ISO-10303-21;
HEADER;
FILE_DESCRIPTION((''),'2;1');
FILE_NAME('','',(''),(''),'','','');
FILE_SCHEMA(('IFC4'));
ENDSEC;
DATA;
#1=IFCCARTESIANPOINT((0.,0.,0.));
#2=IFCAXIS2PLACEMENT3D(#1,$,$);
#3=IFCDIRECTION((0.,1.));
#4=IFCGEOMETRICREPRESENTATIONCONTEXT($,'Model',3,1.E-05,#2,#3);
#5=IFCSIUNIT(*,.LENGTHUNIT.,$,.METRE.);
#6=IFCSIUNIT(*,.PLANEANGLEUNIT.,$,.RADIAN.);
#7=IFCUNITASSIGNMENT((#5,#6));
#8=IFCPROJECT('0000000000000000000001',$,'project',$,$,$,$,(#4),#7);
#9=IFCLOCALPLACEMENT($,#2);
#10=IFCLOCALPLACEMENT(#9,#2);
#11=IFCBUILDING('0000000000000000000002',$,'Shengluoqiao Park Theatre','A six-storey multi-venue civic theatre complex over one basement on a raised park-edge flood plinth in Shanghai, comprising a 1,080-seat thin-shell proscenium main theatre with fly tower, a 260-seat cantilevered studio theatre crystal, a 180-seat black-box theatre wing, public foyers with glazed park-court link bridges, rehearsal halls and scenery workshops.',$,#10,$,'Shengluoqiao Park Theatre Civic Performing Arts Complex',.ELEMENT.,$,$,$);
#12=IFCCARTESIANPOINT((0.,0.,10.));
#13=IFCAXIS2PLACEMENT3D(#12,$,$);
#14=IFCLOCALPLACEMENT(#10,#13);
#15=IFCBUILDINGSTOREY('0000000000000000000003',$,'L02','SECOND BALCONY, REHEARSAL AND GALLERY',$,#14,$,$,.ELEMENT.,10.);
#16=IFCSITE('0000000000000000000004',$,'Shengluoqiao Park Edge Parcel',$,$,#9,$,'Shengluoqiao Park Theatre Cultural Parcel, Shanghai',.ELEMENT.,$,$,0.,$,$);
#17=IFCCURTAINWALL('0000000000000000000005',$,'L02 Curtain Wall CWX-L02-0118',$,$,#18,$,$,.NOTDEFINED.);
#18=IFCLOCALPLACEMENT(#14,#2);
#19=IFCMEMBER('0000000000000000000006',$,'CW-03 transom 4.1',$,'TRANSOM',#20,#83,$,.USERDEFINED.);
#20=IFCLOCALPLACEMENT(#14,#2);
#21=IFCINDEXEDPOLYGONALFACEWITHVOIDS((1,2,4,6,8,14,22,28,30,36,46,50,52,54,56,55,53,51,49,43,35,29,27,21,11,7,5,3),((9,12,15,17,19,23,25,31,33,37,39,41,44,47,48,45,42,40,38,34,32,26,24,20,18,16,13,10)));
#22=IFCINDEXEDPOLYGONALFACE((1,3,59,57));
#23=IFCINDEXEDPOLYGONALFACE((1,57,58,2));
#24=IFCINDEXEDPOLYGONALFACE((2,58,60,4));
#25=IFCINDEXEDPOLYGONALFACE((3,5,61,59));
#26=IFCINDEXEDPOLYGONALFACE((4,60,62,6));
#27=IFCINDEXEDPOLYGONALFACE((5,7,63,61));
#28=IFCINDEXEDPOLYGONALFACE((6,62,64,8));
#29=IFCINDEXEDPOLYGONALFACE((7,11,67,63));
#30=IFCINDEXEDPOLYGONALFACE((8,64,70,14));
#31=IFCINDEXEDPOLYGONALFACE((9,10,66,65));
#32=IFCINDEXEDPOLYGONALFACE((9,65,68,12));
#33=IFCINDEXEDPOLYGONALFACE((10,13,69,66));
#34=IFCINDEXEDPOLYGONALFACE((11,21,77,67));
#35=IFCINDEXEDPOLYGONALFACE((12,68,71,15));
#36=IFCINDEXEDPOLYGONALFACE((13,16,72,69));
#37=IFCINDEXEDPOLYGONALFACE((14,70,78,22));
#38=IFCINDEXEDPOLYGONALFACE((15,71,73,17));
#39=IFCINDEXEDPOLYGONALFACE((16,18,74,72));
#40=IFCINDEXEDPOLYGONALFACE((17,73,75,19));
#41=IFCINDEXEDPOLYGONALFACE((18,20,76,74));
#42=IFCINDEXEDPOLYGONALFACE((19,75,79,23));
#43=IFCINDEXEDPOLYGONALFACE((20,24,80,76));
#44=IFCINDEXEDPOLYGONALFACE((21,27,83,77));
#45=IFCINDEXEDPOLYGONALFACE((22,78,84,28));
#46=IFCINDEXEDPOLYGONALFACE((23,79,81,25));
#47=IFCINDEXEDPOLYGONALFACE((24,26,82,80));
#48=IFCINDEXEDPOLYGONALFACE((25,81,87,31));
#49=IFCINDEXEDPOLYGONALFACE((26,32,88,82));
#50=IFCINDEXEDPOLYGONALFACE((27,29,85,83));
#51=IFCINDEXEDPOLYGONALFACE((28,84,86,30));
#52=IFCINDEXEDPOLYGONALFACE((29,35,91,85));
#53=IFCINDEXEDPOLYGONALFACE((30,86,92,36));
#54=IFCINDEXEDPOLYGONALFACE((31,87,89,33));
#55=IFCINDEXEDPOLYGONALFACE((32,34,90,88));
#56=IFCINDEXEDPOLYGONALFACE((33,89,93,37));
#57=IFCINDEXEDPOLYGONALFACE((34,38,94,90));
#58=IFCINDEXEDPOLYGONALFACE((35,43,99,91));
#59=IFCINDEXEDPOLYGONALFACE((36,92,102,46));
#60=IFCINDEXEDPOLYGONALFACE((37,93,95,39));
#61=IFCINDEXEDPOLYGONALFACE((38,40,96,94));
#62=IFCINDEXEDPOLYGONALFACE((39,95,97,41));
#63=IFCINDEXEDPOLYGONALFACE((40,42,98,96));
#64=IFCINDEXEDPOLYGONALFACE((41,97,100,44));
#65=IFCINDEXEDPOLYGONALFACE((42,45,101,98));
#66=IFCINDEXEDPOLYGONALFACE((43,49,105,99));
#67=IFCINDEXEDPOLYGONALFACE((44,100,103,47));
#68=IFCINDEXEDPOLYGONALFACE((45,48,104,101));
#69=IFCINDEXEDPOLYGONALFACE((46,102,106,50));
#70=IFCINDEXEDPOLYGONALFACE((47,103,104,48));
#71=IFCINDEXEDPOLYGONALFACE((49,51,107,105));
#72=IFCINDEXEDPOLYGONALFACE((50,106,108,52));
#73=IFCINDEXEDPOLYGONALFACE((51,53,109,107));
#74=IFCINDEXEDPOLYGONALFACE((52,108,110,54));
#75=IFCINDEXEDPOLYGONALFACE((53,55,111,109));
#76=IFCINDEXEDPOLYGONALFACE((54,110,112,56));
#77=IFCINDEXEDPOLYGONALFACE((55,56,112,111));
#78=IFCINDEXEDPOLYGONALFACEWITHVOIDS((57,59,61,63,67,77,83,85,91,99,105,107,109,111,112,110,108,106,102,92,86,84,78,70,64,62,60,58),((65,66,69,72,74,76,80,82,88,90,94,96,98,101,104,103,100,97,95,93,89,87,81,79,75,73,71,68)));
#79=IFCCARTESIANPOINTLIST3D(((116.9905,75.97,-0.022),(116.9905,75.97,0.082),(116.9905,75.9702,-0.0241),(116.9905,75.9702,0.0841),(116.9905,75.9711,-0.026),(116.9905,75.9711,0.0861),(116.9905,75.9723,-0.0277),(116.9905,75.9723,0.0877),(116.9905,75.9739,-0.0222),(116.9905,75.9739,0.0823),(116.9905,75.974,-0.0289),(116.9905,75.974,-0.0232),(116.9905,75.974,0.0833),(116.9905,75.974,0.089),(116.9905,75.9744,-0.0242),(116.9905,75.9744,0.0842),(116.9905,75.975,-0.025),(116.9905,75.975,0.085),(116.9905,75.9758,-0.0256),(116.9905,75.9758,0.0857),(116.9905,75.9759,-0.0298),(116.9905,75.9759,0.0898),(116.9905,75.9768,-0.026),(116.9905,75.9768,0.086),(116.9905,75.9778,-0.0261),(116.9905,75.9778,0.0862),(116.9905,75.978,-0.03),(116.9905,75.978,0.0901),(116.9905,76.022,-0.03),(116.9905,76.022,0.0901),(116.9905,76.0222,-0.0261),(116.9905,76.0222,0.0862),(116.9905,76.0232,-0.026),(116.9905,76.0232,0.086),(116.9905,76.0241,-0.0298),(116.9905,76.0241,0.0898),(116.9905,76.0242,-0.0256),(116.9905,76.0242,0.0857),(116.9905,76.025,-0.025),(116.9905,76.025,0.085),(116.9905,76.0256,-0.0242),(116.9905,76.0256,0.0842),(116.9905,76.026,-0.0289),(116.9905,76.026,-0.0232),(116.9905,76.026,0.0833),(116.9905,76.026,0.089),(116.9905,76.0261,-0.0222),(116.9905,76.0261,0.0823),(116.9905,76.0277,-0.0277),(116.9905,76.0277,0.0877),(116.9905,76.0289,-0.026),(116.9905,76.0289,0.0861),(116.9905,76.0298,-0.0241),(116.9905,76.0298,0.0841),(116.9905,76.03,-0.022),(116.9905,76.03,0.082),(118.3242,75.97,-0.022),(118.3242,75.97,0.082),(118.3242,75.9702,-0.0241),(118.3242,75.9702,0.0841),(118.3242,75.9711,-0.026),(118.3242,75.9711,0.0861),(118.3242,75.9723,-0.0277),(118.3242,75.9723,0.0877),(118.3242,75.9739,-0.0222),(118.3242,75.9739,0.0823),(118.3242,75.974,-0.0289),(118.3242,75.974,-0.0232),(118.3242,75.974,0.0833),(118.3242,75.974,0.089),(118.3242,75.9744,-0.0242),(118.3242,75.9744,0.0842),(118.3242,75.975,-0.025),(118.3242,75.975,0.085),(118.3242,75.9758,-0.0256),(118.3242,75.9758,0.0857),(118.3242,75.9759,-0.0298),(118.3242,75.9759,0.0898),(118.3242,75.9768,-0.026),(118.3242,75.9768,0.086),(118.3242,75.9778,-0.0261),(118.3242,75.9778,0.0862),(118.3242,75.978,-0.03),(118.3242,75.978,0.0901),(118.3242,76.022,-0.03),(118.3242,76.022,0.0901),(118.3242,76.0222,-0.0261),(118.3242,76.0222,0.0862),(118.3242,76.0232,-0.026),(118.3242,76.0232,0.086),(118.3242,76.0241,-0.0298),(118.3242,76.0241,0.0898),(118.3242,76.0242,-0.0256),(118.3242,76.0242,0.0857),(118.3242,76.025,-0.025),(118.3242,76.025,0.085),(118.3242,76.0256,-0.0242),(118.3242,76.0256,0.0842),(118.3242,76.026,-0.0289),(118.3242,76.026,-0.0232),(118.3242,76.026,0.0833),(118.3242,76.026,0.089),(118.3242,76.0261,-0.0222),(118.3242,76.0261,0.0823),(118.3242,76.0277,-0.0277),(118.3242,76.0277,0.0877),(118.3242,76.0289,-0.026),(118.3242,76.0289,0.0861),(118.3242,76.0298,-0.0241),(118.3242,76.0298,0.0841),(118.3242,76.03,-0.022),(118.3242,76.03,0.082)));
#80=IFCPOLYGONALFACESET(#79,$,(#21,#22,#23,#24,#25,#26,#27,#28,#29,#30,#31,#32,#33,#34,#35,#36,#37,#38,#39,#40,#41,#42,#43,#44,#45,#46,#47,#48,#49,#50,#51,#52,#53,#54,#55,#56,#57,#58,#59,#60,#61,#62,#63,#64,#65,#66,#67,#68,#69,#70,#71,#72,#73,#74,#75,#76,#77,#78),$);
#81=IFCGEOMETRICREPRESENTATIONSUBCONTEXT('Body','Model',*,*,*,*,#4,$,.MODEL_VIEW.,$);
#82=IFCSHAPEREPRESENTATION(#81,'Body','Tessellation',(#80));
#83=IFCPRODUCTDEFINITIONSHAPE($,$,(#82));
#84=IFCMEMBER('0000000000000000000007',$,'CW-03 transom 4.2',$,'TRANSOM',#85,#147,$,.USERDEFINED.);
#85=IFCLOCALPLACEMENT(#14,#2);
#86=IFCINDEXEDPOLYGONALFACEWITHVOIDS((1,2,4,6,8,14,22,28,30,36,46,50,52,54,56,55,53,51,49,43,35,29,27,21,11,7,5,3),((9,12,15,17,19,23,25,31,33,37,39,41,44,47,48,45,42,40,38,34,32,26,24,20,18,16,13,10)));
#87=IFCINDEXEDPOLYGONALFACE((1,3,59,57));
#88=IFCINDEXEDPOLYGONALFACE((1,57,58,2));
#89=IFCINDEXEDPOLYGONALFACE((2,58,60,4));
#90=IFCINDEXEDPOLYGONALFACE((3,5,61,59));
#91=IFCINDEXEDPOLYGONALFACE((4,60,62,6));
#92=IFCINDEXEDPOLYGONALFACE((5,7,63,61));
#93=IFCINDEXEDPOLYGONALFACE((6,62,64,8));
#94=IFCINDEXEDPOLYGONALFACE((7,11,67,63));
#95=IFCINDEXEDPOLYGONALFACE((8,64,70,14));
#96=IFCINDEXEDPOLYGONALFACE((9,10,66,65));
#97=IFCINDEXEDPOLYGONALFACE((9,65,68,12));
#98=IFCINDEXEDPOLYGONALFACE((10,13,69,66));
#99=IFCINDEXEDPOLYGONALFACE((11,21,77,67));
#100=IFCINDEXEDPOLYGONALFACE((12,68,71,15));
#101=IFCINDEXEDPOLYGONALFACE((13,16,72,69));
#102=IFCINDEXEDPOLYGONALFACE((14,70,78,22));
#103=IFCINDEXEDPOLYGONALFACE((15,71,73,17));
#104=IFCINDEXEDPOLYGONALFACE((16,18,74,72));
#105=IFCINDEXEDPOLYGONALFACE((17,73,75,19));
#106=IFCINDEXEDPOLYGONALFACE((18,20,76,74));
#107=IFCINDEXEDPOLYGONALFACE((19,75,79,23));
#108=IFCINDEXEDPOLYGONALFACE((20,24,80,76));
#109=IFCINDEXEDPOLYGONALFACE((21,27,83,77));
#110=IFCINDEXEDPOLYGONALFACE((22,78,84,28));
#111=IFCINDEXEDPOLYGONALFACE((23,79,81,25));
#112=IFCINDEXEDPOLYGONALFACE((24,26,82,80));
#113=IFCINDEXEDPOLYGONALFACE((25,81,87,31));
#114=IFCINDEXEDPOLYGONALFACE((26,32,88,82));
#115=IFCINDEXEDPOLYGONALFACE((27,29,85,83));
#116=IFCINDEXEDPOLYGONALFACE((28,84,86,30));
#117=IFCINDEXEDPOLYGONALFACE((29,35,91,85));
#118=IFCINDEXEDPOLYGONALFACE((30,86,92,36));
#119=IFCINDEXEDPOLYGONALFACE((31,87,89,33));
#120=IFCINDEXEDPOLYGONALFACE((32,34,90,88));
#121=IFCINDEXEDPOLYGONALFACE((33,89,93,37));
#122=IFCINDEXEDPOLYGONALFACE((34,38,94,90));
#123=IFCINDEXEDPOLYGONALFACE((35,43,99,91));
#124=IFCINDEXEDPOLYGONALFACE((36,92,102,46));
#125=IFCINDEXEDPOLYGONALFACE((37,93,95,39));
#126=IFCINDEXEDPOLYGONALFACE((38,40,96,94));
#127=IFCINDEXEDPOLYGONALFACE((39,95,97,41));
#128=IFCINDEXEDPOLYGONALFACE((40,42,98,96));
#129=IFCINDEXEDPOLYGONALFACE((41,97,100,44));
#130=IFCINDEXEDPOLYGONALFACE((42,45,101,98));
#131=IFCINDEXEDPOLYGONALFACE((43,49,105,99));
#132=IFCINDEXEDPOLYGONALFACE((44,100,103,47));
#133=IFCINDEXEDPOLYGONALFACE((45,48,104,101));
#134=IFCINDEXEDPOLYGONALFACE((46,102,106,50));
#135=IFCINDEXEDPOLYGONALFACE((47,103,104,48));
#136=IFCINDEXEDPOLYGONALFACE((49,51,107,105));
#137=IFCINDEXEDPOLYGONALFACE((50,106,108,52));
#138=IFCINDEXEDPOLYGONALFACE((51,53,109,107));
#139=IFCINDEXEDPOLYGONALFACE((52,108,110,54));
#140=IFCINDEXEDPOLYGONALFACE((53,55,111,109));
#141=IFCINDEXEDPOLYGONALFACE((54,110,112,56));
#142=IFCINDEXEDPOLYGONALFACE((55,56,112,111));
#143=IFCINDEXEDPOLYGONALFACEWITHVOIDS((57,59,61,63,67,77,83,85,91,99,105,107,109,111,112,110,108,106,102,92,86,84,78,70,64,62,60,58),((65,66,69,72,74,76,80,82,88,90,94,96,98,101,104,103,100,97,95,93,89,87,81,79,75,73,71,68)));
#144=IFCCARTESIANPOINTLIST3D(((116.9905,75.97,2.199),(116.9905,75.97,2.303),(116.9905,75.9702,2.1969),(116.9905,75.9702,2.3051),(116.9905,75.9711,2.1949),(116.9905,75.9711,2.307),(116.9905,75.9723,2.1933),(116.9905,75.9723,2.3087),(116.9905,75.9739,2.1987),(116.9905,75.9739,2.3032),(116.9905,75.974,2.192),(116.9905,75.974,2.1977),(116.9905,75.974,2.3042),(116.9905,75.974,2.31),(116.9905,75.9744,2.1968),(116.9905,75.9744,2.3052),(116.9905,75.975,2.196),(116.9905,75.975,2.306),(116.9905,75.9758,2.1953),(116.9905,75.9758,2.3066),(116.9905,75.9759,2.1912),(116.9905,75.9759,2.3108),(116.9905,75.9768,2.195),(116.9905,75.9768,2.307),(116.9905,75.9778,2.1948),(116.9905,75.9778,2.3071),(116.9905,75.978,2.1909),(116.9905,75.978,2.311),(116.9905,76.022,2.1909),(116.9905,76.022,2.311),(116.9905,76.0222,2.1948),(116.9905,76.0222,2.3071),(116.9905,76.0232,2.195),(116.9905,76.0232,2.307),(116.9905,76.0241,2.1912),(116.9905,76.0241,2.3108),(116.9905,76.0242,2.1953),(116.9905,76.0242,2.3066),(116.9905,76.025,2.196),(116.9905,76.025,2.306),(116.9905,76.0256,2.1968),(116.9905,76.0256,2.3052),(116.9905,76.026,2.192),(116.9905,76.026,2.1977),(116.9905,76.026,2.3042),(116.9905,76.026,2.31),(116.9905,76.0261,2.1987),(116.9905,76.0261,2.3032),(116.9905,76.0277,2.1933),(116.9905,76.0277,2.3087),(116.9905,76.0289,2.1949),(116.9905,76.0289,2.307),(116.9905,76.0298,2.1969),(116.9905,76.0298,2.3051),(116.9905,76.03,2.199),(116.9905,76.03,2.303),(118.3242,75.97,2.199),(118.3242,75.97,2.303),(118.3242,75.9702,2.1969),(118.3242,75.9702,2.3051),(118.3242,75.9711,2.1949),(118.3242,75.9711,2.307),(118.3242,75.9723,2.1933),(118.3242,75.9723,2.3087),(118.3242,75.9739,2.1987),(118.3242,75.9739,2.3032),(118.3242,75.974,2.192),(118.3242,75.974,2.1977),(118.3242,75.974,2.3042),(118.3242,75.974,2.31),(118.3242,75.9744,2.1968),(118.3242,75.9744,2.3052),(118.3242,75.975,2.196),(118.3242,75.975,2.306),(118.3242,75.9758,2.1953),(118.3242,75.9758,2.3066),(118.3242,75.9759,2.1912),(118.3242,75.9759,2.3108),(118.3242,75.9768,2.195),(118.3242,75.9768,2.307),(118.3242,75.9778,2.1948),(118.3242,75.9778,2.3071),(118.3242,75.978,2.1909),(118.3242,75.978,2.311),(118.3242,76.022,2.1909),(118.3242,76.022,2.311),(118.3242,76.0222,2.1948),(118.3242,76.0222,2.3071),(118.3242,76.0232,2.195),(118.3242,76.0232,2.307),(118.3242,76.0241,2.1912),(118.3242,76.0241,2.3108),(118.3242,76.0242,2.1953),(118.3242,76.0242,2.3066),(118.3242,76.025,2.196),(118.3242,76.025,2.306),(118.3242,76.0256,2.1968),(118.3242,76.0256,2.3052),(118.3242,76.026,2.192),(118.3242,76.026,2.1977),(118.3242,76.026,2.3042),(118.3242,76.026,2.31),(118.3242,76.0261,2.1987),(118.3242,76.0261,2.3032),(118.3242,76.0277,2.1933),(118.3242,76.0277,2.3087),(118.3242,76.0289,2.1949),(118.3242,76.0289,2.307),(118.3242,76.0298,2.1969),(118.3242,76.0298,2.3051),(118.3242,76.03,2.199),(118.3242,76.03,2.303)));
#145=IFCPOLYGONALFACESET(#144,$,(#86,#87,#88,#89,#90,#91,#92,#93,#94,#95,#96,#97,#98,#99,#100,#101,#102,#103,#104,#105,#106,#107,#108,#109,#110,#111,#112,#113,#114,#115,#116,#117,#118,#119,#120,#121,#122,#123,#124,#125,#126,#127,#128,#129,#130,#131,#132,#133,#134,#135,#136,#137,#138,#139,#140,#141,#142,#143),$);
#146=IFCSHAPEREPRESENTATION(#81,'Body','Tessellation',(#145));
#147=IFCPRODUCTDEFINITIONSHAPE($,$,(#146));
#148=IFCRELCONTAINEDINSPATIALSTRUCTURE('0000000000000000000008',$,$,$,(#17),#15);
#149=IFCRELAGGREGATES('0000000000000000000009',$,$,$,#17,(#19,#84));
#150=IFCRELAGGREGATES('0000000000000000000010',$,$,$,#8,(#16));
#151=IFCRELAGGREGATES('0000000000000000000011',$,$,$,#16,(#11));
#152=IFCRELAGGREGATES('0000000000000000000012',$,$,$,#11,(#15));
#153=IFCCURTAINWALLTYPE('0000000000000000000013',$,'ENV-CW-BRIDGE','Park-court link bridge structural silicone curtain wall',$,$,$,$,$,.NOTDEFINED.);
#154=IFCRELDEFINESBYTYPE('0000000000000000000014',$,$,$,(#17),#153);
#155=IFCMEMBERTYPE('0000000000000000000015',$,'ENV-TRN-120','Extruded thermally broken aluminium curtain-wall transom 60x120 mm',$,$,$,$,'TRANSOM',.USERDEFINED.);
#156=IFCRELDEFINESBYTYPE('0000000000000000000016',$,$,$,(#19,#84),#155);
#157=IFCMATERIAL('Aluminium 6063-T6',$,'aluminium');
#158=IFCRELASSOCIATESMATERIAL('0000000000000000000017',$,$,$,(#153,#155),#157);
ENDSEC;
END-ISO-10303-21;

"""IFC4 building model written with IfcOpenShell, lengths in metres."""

from ifc_helpers import new_model, si_unit, direction, frame, origin, origin_2d, place, context, subcontext, project, spatial, hollow_rectangle, extrude, material, material_profile, profile_set, type_object, element, aggregate, save


model = new_model("IFC4")

# Units and contexts
model_context = context("Model", 3, precision=1e-05, world=origin(), true_north=direction((0.0, 1.0)))
body_context = subcontext(model_context, "Body", "Model", "MODEL_VIEW")
ifc_project = project(units=[si_unit("LENGTHUNIT", "METRE"), si_unit("PLANEANGLEUNIT", "RADIAN")], contexts=[model_context])

# Site, building, storey
site_placement = place(None, origin())
site = spatial("IfcSite", under=ifc_project, at=site_placement, Name="Shengluoqiao Park Edge Parcel", LongName="Shengluoqiao Park Theatre Cultural Parcel, Shanghai", CompositionType="ELEMENT", RefElevation=0.0)
building_placement = place(site_placement, origin())
building = spatial("IfcBuilding", under=site, at=building_placement, Name="Shengluoqiao Park Theatre", Description="A six-storey multi-venue civic theatre complex over one basement on a raised park-edge flood plinth in Shanghai, comprising a 1,080-seat thin-shell proscenium main theatre with fly tower, a 260-seat cantilevered studio theatre crystal, a 180-seat black-box theatre wing, public foyers with glazed park-court link bridges, rehearsal halls and scenery workshops.", LongName="Shengluoqiao Park Theatre Civic Performing Arts Complex", CompositionType="ELEMENT")
storey_placement = place(building_placement, frame((0.0, 0.0, 10.0)))
storey = spatial("IfcBuildingStorey", under=building, at=storey_placement, Name="L02", Description="SECOND BALCONY, REHEARSAL AND GALLERY", CompositionType="ELEMENT", Elevation=10.0)

# Curtain wall, members
ifc_material_1 = material(Name="Aluminium 6063-T6", Category="aluminium")
curtain_wall_type = type_object("IfcCurtainWallType", Name="ENV-CW-BRIDGE", Description="Park-court link bridge structural silicone curtain wall", PredefinedType="NOTDEFINED", material=ifc_material_1)
curtain_wall_placement = place(storey_placement, origin())
curtain_wall = element("IfcCurtainWall", 1, at=curtain_wall_placement, inside=storey, type_object=curtain_wall_type, Name="L02 Curtain Wall CWX-L02-0118", PredefinedType="NOTDEFINED")
ifc_material_profile_1 = material_profile(ifc_material_1, hollow_rectangle(XDim=0.0601, YDim=0.1201, WallThickness=0.0039, InnerFilletRadius=0.0039, OuterFilletRadius=0.0081, at=origin_2d()), Name="ALU TRANSOM 120x60x4")
ifc_profile_set_1 = profile_set([ifc_material_profile_1], Name="Aluminium 6063-T6")
member_type_1 = type_object("IfcMemberType", Name="ENV-TRN-120", Description="Extruded thermally broken aluminium curtain-wall transom 60x120 mm", ElementType="TRANSOM", PredefinedType="USERDEFINED", material=ifc_profile_set_1)
member_1_placement = place(storey_placement, frame((116.9905, 76.0, 0.03), z_axis=(1.0, 0.0, 0.0), x_axis=(0.0, 1.0, 0.0)))
member_1 = element("IfcMember", 2, at=member_1_placement, type_object=member_type_1, Name="CW-03 transom 4.1", ObjectType="TRANSOM", PredefinedType="USERDEFINED", context=body_context, shape_type="SweptSolid", body=[
    extrude(hollow_rectangle(XDim=0.0601, YDim=0.1201, WallThickness=0.0039, InnerFilletRadius=0.0039, OuterFilletRadius=0.0081, at=origin_2d()), origin(), (0.0, 0.0, 1.0), 1.3337),
])
member_2_placement = place(storey_placement, frame((116.9905, 76.0, 2.251), z_axis=(1.0, 0.0, 0.0), x_axis=(0.0, 1.0, 0.0)))
member_2 = element("IfcMember", 3, at=member_2_placement, type_object=member_type_1, Name="CW-03 transom 4.2", ObjectType="TRANSOM", PredefinedType="USERDEFINED", context=body_context, shape_type="SweptSolid", body=[
    extrude(hollow_rectangle(XDim=0.0601, YDim=0.1201, WallThickness=0.0039, InnerFilletRadius=0.0039, OuterFilletRadius=0.0081, at=origin_2d()), origin(), (0.0, 0.0, 1.0), 1.3337),
])
aggregate(curtain_wall, [member_1, member_2])

save(model, "model.ifc")
